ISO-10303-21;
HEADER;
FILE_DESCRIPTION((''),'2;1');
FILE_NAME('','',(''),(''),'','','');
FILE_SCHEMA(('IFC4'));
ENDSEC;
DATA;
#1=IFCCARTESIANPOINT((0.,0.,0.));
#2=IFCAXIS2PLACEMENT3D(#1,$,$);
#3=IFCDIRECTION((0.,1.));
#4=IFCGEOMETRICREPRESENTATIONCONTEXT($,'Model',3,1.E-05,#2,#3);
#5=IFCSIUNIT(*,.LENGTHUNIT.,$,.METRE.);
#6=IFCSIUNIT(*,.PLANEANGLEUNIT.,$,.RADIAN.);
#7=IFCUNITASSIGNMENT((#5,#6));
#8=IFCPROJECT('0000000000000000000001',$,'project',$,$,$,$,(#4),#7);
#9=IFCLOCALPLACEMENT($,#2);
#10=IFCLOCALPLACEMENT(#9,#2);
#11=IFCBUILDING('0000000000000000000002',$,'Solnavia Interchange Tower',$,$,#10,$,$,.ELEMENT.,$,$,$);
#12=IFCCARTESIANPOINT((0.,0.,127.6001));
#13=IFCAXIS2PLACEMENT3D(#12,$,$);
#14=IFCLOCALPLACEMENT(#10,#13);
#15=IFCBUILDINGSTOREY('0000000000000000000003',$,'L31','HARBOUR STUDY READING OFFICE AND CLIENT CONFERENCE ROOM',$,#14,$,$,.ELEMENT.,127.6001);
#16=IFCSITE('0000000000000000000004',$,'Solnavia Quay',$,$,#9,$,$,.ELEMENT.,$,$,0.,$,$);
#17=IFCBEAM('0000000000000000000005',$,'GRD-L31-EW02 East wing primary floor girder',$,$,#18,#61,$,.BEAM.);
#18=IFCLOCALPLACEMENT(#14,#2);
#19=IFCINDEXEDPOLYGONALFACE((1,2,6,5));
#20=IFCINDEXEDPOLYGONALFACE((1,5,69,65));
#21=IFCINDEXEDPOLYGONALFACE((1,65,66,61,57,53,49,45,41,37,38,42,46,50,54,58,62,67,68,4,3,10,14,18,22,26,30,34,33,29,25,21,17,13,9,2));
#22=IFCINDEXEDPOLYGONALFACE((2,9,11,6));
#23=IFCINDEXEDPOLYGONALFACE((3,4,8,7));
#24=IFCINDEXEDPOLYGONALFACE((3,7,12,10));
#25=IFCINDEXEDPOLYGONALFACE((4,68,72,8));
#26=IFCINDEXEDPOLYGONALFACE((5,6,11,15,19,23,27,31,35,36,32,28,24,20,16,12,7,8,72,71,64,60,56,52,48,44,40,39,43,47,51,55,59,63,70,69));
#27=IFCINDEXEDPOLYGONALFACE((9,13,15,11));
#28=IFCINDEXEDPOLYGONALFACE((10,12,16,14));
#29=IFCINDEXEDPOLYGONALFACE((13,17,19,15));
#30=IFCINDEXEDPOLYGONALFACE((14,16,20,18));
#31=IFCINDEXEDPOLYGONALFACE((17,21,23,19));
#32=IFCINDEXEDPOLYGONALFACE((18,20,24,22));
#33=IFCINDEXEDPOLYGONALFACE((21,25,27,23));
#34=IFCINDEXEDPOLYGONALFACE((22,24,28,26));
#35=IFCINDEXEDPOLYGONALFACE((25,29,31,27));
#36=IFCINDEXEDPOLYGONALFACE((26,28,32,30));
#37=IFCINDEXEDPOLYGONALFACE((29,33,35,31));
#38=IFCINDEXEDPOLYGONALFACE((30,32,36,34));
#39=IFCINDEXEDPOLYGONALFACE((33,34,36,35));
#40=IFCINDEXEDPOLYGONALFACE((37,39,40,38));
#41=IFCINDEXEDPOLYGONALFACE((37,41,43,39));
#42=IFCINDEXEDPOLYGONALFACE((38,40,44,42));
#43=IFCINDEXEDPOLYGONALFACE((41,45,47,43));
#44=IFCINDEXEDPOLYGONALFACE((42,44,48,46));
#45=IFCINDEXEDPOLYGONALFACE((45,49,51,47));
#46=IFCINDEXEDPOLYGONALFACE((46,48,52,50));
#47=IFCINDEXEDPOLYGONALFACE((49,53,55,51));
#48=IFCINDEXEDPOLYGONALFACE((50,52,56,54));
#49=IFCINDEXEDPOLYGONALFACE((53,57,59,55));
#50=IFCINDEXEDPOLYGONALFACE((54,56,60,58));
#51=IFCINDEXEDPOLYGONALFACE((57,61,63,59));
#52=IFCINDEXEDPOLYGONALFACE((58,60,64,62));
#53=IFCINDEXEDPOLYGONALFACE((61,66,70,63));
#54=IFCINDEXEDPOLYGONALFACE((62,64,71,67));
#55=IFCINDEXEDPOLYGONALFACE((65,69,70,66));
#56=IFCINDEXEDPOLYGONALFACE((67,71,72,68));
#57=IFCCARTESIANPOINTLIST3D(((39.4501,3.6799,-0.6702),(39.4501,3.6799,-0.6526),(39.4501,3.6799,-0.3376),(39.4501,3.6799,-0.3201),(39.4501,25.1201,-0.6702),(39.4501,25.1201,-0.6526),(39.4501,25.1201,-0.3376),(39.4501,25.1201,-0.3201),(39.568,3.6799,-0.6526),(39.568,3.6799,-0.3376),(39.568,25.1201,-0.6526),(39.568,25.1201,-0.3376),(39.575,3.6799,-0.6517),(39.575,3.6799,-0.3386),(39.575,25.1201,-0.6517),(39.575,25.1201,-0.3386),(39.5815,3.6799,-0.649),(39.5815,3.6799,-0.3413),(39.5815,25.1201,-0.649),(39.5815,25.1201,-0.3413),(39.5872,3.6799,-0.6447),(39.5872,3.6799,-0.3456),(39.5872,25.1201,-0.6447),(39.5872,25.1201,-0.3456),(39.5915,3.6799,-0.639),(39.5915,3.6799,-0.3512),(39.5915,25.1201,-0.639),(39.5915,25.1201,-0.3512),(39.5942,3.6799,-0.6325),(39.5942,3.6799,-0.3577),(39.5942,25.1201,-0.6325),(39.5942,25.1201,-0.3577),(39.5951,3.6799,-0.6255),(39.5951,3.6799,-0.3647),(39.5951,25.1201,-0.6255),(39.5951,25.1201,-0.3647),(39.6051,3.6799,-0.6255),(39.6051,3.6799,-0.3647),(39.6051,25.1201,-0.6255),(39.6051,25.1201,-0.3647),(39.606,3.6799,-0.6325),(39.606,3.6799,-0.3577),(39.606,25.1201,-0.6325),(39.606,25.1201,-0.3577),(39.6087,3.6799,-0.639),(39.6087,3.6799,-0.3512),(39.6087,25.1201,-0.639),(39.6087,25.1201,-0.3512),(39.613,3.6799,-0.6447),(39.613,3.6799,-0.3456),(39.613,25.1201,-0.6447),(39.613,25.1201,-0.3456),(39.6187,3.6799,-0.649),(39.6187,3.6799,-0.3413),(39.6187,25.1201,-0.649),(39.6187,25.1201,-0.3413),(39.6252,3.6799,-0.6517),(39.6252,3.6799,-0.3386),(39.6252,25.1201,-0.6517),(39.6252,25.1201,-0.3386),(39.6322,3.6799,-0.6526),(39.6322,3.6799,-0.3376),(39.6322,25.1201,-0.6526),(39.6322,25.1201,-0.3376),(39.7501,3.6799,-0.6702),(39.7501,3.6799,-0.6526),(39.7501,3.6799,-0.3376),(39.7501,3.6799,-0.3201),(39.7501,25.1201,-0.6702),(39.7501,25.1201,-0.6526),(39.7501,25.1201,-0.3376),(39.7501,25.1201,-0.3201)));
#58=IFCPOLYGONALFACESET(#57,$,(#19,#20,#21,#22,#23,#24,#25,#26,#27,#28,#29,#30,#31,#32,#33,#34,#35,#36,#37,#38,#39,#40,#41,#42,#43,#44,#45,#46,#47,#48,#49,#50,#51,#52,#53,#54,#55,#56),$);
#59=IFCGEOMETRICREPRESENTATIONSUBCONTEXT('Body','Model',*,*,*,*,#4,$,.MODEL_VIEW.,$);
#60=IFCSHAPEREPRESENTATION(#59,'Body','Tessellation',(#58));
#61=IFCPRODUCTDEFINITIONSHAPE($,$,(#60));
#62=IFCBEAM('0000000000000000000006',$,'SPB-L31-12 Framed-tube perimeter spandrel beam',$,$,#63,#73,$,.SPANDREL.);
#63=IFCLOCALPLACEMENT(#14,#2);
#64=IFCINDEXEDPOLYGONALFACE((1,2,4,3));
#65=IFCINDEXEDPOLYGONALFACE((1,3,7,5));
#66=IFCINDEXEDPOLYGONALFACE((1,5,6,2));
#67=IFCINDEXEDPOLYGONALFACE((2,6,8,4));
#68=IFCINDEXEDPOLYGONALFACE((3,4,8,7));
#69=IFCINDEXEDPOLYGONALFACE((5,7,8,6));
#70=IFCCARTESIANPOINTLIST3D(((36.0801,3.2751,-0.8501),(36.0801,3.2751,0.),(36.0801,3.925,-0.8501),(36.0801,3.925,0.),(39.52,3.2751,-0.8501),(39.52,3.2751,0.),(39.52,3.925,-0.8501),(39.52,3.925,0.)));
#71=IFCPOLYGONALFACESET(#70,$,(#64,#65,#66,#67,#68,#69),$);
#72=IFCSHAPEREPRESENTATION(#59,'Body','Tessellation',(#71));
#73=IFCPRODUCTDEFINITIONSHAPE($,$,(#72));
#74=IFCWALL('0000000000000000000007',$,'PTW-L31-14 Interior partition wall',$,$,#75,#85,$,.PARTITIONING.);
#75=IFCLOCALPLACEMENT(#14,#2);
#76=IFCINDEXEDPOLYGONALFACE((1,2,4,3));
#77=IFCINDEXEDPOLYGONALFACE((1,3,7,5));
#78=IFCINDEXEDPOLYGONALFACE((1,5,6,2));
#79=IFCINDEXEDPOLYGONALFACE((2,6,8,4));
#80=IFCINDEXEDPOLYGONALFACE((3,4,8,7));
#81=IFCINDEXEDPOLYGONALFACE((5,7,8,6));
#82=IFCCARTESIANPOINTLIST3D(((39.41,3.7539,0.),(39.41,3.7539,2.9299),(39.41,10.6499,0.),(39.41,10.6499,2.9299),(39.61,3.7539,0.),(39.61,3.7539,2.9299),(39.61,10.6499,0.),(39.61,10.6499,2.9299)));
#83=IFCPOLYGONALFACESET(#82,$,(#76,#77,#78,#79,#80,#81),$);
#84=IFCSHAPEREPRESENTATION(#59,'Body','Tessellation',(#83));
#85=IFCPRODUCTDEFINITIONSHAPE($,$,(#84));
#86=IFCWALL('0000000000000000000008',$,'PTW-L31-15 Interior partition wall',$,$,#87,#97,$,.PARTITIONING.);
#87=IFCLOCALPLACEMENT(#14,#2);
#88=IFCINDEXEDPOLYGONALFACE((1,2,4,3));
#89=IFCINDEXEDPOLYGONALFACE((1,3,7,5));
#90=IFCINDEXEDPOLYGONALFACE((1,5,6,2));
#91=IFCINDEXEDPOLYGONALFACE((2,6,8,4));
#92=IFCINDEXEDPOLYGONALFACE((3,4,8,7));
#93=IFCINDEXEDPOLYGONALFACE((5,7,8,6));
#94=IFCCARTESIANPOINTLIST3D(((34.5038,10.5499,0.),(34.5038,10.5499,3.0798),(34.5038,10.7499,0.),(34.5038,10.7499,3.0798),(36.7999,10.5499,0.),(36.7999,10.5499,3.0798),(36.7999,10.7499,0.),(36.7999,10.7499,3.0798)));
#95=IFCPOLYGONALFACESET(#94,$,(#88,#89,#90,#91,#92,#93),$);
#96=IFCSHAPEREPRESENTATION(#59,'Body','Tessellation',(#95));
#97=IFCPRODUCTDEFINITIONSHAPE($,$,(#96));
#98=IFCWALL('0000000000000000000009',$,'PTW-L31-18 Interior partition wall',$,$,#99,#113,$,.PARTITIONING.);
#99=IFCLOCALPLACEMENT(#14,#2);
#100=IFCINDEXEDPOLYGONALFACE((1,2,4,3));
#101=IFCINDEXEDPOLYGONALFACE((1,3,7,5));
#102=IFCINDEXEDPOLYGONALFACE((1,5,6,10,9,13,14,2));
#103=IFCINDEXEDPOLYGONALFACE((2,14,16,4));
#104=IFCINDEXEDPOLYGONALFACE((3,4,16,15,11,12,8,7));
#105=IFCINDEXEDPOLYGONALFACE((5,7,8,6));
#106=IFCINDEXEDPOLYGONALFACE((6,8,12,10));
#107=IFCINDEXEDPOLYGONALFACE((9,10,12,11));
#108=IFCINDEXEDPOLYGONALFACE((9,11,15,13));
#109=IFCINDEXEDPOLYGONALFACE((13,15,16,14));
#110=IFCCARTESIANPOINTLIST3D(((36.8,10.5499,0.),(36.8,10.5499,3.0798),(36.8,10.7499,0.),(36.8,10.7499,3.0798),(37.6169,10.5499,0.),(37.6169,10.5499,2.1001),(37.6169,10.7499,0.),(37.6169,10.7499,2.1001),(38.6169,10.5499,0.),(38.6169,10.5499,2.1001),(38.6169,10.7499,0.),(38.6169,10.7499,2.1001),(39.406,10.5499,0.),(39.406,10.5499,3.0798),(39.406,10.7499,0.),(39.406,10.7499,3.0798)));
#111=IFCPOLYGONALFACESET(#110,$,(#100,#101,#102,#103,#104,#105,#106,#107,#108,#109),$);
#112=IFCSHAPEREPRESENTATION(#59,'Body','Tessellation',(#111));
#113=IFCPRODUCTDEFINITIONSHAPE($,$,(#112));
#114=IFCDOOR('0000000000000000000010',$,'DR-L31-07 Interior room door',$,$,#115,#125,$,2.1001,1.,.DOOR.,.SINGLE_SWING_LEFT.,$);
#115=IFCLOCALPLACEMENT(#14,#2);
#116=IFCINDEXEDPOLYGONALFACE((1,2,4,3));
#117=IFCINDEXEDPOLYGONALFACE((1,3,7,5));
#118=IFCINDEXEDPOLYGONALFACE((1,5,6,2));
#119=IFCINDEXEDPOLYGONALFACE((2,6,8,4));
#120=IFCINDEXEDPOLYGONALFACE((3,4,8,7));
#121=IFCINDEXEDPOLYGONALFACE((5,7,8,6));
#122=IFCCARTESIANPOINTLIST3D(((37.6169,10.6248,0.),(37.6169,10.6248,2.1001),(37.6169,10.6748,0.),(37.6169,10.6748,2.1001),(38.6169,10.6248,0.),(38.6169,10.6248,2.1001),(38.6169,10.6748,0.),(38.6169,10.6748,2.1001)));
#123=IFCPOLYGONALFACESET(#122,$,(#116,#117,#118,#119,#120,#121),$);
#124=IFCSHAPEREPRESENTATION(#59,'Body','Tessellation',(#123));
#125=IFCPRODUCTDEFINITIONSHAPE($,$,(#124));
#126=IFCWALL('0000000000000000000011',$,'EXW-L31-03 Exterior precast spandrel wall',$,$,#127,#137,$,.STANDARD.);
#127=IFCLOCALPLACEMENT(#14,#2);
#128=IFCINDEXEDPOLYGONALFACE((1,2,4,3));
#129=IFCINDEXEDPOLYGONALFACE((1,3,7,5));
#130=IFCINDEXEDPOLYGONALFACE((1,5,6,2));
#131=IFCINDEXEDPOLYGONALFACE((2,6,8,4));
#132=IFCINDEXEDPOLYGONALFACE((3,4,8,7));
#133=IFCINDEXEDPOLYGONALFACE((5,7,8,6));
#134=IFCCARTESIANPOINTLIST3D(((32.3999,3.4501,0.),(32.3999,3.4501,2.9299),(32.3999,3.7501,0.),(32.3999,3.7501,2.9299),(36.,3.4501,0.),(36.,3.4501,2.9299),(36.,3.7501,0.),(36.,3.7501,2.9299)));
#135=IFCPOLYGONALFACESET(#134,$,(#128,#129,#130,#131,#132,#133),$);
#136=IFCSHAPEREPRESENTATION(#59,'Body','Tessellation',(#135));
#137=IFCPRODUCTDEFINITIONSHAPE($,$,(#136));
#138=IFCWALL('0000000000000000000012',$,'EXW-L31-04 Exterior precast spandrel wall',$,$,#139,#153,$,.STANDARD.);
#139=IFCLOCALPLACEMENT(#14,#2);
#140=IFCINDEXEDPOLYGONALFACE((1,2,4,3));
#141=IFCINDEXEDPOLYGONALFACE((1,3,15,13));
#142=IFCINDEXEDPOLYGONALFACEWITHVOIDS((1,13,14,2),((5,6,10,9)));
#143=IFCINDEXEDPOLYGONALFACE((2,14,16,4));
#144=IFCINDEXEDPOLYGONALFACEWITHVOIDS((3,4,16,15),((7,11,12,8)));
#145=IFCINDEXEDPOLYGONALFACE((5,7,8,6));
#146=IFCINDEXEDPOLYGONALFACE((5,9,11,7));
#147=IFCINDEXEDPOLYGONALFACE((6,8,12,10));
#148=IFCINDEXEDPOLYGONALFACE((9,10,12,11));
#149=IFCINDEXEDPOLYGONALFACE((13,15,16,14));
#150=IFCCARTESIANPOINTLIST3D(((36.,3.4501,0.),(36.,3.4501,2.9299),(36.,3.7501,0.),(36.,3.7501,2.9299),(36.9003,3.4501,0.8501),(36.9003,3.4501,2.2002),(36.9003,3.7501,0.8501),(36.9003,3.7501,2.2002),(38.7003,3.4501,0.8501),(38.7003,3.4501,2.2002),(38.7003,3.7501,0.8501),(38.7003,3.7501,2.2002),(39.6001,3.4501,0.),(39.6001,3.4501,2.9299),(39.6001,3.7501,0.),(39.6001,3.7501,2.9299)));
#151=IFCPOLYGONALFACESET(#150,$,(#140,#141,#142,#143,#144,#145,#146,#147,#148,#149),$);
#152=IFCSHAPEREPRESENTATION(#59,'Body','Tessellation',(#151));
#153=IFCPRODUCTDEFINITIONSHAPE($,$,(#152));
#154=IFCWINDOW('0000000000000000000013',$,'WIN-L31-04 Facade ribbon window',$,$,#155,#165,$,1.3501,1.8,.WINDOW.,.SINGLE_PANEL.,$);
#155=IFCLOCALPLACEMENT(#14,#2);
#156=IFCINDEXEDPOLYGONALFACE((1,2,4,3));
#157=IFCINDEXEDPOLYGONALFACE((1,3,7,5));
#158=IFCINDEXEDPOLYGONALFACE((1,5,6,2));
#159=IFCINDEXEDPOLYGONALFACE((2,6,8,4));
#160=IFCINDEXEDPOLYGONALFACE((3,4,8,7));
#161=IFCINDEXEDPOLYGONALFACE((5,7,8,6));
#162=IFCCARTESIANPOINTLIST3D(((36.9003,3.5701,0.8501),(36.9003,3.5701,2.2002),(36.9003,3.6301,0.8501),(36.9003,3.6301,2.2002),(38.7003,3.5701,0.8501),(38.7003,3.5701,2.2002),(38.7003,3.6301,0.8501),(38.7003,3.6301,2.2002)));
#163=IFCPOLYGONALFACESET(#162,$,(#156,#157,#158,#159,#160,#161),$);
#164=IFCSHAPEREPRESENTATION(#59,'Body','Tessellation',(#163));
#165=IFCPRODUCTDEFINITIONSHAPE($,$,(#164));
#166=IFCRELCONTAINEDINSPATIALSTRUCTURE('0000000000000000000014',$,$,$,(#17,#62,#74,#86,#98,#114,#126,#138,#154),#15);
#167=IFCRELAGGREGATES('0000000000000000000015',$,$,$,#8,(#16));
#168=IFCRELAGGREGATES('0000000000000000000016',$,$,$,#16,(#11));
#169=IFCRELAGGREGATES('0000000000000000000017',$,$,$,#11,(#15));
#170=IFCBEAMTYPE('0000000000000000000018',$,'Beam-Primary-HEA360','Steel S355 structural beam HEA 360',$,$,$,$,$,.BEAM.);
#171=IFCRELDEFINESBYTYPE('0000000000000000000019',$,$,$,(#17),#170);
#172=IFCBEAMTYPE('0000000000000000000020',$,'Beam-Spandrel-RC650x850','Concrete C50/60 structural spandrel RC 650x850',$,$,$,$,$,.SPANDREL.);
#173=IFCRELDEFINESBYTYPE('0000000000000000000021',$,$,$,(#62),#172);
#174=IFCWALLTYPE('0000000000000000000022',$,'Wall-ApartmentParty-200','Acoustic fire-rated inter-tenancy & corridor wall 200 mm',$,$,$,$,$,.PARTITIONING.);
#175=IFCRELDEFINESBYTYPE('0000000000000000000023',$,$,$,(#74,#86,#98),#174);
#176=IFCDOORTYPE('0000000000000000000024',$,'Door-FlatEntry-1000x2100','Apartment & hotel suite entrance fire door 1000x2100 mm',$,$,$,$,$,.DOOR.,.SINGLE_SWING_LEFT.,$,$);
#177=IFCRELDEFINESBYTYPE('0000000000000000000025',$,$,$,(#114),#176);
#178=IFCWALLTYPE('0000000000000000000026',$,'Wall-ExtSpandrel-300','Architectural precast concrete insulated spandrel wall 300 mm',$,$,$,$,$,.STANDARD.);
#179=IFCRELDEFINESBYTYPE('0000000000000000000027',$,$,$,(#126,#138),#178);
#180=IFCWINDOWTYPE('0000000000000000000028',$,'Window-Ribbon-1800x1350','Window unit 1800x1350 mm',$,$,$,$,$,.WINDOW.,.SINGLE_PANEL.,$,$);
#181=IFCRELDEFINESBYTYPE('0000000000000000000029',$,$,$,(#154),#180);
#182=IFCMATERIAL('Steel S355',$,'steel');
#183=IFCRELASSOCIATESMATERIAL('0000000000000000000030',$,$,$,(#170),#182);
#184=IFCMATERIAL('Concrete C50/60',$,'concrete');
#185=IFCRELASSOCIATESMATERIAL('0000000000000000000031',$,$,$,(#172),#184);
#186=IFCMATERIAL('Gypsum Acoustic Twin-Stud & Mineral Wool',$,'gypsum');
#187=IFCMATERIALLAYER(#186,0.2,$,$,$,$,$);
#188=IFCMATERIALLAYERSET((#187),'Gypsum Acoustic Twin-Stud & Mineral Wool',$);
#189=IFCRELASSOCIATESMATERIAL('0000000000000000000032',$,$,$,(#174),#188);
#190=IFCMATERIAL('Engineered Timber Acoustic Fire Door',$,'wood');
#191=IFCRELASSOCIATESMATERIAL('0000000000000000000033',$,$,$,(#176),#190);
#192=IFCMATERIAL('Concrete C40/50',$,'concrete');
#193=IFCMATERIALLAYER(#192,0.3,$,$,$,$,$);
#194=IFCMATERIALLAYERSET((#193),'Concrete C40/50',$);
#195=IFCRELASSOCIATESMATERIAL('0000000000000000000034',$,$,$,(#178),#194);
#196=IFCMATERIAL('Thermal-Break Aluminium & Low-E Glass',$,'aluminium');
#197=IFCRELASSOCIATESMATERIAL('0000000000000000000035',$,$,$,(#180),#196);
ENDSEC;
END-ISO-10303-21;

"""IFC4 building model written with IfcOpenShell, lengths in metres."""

from ifc_helpers import new_model, si_unit, direction, frame, frame_2d, origin, origin_2d, place, context, subcontext, project, spatial, rectangle, i_section, extrude, material, layer, layer_set, material_profile, profile_set, type_object, element, fill, save


model = new_model("IFC4")

# Units and contexts
model_context = context("Model", 3, precision=1e-05, world=origin(), true_north=direction((0.0, 1.0)))
body_context = subcontext(model_context, "Body", "Model", "MODEL_VIEW")
ifc_project = project(units=[si_unit("LENGTHUNIT", "METRE"), si_unit("PLANEANGLEUNIT", "RADIAN")], contexts=[model_context])

# Site, building, storey
site_placement = place(None, origin())
site = spatial("IfcSite", under=ifc_project, at=site_placement, Name="Solnavia Quay", CompositionType="ELEMENT", RefElevation=0.0)
building_placement = place(site_placement, origin())
building = spatial("IfcBuilding", under=site, at=building_placement, Name="Solnavia Interchange Tower", CompositionType="ELEMENT")
storey_placement = place(building_placement, frame((0.0, 0.0, 127.6001)))
storey = spatial("IfcBuildingStorey", under=building, at=storey_placement, Name="L31", Description="HARBOUR STUDY READING OFFICE AND CLIENT CONFERENCE ROOM", CompositionType="ELEMENT", Elevation=127.6001)

# Shared definitions
ifc_material_1 = material(Name="Concrete C50/60", Category="concrete")

# Beams
ifc_material_2 = material(Name="Steel S355", Category="steel")
ifc_material_profile_1 = material_profile(ifc_material_2, i_section(OverallWidth=0.3, OverallDepth=0.3501, WebThickness=0.01, FlangeThickness=0.0176, FilletRadius=0.0271, at=origin_2d()), Name="HEA 360")
ifc_profile_set_1 = profile_set([ifc_material_profile_1], Name="Steel S355")
beam_type_1 = type_object("IfcBeamType", Name="Beam-Primary-HEA360", Description="Steel S355 structural beam HEA 360", PredefinedType="BEAM", material=ifc_profile_set_1)
beam_1_placement = place(storey_placement, frame((39.6001, 3.6799, -0.4951), z_axis=(0.0, 1.0, 0.0), x_axis=(-1.0, 0.0, 0.0)))
element("IfcBeam", 1, at=beam_1_placement, inside=storey, type_object=beam_type_1, Name="GRD-L31-EW02 East wing primary floor girder", PredefinedType="BEAM", context=body_context, shape_type="SweptSolid", body=[
    extrude(i_section(OverallWidth=0.3, OverallDepth=0.3501, WebThickness=0.01, FlangeThickness=0.0176, FilletRadius=0.0271, at=origin_2d()), origin(), (0.0, 0.0, 1.0), 21.4402),
])
ifc_material_profile_2 = material_profile(ifc_material_1, rectangle(XDim=0.6499, YDim=0.8501, at=origin_2d()), Name="RC 650x850")
ifc_profile_set_2 = profile_set([ifc_material_profile_2], Name="Concrete C50/60")
beam_type_2 = type_object("IfcBeamType", Name="Beam-Spandrel-RC650x850", Description="Concrete C50/60 structural spandrel RC 650x850", PredefinedType="SPANDREL", material=ifc_profile_set_2)
beam_2_placement = place(storey_placement, frame((36.0801, 3.6001, -0.425), z_axis=(1.0, 0.0, 0.0), x_axis=(0.0, 1.0, 0.0)))
element("IfcBeam", 2, at=beam_2_placement, inside=storey, type_object=beam_type_2, Name="SPB-L31-12 Framed-tube perimeter spandrel beam", PredefinedType="SPANDREL", context=body_context, shape_type="SweptSolid", body=[
    extrude(rectangle(XDim=0.6499, YDim=0.8501, at=origin_2d()), origin(), (0.0, 0.0, 1.0), 3.4399),
])

# Walls
ifc_material_3 = material(Name="Gypsum Acoustic Twin-Stud & Mineral Wool", Category="gypsum")
ifc_layer_1 = layer(ifc_material_3, 0.2)
ifc_layer_set_1 = layer_set([ifc_layer_1], Name="Gypsum Acoustic Twin-Stud & Mineral Wool")
wall_type_1 = type_object("IfcWallType", Name="Wall-ApartmentParty-200", Description="Acoustic fire-rated inter-tenancy & corridor wall 200 mm", PredefinedType="PARTITIONING", material=ifc_layer_set_1)
wall_1_placement = place(storey_placement, frame((39.51, 3.7539, 0.0), z_axis=(0.0, 0.0, 1.0), x_axis=(0.0, 1.0, 0.0)))
element("IfcWall", 3, at=wall_1_placement, inside=storey, type_object=wall_type_1, Name="PTW-L31-14 Interior partition wall", PredefinedType="PARTITIONING", context=body_context, shape_type="SweptSolid", body=[
    extrude(rectangle(XDim=6.896, YDim=0.2, at=frame_2d((3.448, 0.0))), origin(), (0.0, 0.0, 1.0), 2.9299),
])
wall_2_placement = place(storey_placement, frame((34.5039, 10.6499, 0.0), z_axis=(0.0, 0.0, 1.0), x_axis=(1.0, 0.0, 0.0)))
element("IfcWall", 4, at=wall_2_placement, inside=storey, type_object=wall_type_1, Name="PTW-L31-15 Interior partition wall", PredefinedType="PARTITIONING", context=body_context, shape_type="SweptSolid", body=[
    extrude(rectangle(XDim=2.2961, YDim=0.2, at=frame_2d((1.1479, 0.0))), origin(), (0.0, 0.0, 1.0), 3.0798),
])

# Wall, opening, door
wall_3_placement = place(storey_placement, frame((36.8, 10.6499, 0.0), z_axis=(0.0, 0.0, 1.0), x_axis=(1.0, 0.0, 0.0)))
wall_3 = element("IfcWall", 5, at=wall_3_placement, inside=storey, type_object=wall_type_1, Name="PTW-L31-18 Interior partition wall", PredefinedType="PARTITIONING", context=body_context, shape_type="SweptSolid", body=[
    extrude(rectangle(XDim=2.606, YDim=0.2, at=frame_2d((1.303, 0.0))), origin(), (0.0, 0.0, 1.0), 3.0798),
])
opening_1_placement = place(wall_3_placement, frame((0.8169, 0.0, 0.0)))
opening_1 = element("IfcOpeningElement", 6, at=opening_1_placement, cuts=wall_3, PredefinedType="OPENING", context=body_context, shape_type="SweptSolid", body=[
    extrude(rectangle(XDim=1.0, YDim=2.1001, at=frame_2d((0.5, 1.05))), frame((0.0, 0.1099, 0.0), z_axis=(0.0, -1.0, 0.0), x_axis=(1.0, 0.0, 0.0)), (0.0, 0.0, 1.0), 0.22),
])
ifc_material_4 = material(Name="Engineered Timber Acoustic Fire Door", Category="wood")
door_type_1 = type_object("IfcDoorType", Name="Door-FlatEntry-1000x2100", Description="Apartment & hotel suite entrance fire door 1000x2100 mm", OperationType="SINGLE_SWING_LEFT", PredefinedType="DOOR", material=ifc_material_4)
door_1_placement = place(opening_1_placement, origin())
door_1 = element("IfcDoor", 7, at=door_1_placement, inside=storey, type_object=door_type_1, Name="DR-L31-07 Interior room door", OperationType="SINGLE_SWING_LEFT", OverallHeight=2.1001, OverallWidth=1.0, PredefinedType="DOOR", context=body_context, shape_type="SweptSolid", body=[
    extrude(rectangle(XDim=1.0, YDim=2.1001, at=frame_2d((0.5, 1.05))), frame((0.0, 0.0249, 0.0), z_axis=(0.0, -1.0, 0.0), x_axis=(1.0, 0.0, 0.0)), (0.0, 0.0, 1.0), 0.05),
])
fill(opening_1, door_1)

# Wall
ifc_material_5 = material(Name="Concrete C40/50", Category="concrete")
ifc_layer_2 = layer(ifc_material_5, 0.3)
ifc_layer_set_2 = layer_set([ifc_layer_2], Name="Concrete C40/50")
wall_type_2 = type_object("IfcWallType", Name="Wall-ExtSpandrel-300", Description="Architectural precast concrete insulated spandrel wall 300 mm", PredefinedType="STANDARD", material=ifc_layer_set_2)
wall_4_placement = place(storey_placement, frame((36.0, 3.6001, 0.0), z_axis=(0.0, 0.0, 1.0), x_axis=(-1.0, 0.0, 0.0)))
element("IfcWall", 8, at=wall_4_placement, inside=storey, type_object=wall_type_2, Name="EXW-L31-03 Exterior precast spandrel wall", PredefinedType="STANDARD", context=body_context, shape_type="SweptSolid", body=[
    extrude(rectangle(XDim=3.6001, YDim=0.3, at=frame_2d((1.8, 0.0))), origin(), (0.0, 0.0, 1.0), 2.9299),
])

# Wall, opening, window
wall_5_placement = place(storey_placement, frame((39.6001, 3.6001, 0.0), z_axis=(0.0, 0.0, 1.0), x_axis=(-1.0, 0.0, 0.0)))
wall_5 = element("IfcWall", 9, at=wall_5_placement, inside=storey, type_object=wall_type_2, Name="EXW-L31-04 Exterior precast spandrel wall", PredefinedType="STANDARD", context=body_context, shape_type="SweptSolid", body=[
    extrude(rectangle(XDim=3.6001, YDim=0.3, at=frame_2d((1.8, 0.0))), origin(), (0.0, 0.0, 1.0), 2.9299),
])
opening_2_placement = place(wall_5_placement, frame((0.8999, 0.0, 0.8501)))
opening_2 = element("IfcOpeningElement", 10, at=opening_2_placement, cuts=wall_5, PredefinedType="OPENING", context=body_context, shape_type="SweptSolid", body=[
    extrude(rectangle(XDim=1.8, YDim=1.3501, at=frame_2d((0.8999, 0.675))), frame((0.0, 0.1602, 0.0), z_axis=(0.0, -1.0, 0.0), x_axis=(1.0, 0.0, 0.0)), (0.0, 0.0, 1.0), 0.3201),
])
ifc_material_6 = material(Name="Thermal-Break Aluminium & Low-E Glass", Category="aluminium")
window_type = type_object("IfcWindowType", Name="Window-Ribbon-1800x1350", Description="Window unit 1800x1350 mm", PartitioningType="SINGLE_PANEL", PredefinedType="WINDOW", material=ifc_material_6)
window_placement = place(opening_2_placement, origin())
window = element("IfcWindow", 11, at=window_placement, inside=storey, type_object=window_type, Name="WIN-L31-04 Facade ribbon window", OverallHeight=1.3501, OverallWidth=1.8, PartitioningType="SINGLE_PANEL", PredefinedType="WINDOW", context=body_context, shape_type="SweptSolid", body=[
    extrude(rectangle(XDim=1.8, YDim=1.3501, at=frame_2d((0.8999, 0.675))), frame((0.0, 0.03, 0.0), z_axis=(0.0, -1.0, 0.0), x_axis=(1.0, 0.0, 0.0)), (0.0, 0.0, 1.0), 0.0601),
])
fill(opening_2, window)

save(model, "model.ifc")
